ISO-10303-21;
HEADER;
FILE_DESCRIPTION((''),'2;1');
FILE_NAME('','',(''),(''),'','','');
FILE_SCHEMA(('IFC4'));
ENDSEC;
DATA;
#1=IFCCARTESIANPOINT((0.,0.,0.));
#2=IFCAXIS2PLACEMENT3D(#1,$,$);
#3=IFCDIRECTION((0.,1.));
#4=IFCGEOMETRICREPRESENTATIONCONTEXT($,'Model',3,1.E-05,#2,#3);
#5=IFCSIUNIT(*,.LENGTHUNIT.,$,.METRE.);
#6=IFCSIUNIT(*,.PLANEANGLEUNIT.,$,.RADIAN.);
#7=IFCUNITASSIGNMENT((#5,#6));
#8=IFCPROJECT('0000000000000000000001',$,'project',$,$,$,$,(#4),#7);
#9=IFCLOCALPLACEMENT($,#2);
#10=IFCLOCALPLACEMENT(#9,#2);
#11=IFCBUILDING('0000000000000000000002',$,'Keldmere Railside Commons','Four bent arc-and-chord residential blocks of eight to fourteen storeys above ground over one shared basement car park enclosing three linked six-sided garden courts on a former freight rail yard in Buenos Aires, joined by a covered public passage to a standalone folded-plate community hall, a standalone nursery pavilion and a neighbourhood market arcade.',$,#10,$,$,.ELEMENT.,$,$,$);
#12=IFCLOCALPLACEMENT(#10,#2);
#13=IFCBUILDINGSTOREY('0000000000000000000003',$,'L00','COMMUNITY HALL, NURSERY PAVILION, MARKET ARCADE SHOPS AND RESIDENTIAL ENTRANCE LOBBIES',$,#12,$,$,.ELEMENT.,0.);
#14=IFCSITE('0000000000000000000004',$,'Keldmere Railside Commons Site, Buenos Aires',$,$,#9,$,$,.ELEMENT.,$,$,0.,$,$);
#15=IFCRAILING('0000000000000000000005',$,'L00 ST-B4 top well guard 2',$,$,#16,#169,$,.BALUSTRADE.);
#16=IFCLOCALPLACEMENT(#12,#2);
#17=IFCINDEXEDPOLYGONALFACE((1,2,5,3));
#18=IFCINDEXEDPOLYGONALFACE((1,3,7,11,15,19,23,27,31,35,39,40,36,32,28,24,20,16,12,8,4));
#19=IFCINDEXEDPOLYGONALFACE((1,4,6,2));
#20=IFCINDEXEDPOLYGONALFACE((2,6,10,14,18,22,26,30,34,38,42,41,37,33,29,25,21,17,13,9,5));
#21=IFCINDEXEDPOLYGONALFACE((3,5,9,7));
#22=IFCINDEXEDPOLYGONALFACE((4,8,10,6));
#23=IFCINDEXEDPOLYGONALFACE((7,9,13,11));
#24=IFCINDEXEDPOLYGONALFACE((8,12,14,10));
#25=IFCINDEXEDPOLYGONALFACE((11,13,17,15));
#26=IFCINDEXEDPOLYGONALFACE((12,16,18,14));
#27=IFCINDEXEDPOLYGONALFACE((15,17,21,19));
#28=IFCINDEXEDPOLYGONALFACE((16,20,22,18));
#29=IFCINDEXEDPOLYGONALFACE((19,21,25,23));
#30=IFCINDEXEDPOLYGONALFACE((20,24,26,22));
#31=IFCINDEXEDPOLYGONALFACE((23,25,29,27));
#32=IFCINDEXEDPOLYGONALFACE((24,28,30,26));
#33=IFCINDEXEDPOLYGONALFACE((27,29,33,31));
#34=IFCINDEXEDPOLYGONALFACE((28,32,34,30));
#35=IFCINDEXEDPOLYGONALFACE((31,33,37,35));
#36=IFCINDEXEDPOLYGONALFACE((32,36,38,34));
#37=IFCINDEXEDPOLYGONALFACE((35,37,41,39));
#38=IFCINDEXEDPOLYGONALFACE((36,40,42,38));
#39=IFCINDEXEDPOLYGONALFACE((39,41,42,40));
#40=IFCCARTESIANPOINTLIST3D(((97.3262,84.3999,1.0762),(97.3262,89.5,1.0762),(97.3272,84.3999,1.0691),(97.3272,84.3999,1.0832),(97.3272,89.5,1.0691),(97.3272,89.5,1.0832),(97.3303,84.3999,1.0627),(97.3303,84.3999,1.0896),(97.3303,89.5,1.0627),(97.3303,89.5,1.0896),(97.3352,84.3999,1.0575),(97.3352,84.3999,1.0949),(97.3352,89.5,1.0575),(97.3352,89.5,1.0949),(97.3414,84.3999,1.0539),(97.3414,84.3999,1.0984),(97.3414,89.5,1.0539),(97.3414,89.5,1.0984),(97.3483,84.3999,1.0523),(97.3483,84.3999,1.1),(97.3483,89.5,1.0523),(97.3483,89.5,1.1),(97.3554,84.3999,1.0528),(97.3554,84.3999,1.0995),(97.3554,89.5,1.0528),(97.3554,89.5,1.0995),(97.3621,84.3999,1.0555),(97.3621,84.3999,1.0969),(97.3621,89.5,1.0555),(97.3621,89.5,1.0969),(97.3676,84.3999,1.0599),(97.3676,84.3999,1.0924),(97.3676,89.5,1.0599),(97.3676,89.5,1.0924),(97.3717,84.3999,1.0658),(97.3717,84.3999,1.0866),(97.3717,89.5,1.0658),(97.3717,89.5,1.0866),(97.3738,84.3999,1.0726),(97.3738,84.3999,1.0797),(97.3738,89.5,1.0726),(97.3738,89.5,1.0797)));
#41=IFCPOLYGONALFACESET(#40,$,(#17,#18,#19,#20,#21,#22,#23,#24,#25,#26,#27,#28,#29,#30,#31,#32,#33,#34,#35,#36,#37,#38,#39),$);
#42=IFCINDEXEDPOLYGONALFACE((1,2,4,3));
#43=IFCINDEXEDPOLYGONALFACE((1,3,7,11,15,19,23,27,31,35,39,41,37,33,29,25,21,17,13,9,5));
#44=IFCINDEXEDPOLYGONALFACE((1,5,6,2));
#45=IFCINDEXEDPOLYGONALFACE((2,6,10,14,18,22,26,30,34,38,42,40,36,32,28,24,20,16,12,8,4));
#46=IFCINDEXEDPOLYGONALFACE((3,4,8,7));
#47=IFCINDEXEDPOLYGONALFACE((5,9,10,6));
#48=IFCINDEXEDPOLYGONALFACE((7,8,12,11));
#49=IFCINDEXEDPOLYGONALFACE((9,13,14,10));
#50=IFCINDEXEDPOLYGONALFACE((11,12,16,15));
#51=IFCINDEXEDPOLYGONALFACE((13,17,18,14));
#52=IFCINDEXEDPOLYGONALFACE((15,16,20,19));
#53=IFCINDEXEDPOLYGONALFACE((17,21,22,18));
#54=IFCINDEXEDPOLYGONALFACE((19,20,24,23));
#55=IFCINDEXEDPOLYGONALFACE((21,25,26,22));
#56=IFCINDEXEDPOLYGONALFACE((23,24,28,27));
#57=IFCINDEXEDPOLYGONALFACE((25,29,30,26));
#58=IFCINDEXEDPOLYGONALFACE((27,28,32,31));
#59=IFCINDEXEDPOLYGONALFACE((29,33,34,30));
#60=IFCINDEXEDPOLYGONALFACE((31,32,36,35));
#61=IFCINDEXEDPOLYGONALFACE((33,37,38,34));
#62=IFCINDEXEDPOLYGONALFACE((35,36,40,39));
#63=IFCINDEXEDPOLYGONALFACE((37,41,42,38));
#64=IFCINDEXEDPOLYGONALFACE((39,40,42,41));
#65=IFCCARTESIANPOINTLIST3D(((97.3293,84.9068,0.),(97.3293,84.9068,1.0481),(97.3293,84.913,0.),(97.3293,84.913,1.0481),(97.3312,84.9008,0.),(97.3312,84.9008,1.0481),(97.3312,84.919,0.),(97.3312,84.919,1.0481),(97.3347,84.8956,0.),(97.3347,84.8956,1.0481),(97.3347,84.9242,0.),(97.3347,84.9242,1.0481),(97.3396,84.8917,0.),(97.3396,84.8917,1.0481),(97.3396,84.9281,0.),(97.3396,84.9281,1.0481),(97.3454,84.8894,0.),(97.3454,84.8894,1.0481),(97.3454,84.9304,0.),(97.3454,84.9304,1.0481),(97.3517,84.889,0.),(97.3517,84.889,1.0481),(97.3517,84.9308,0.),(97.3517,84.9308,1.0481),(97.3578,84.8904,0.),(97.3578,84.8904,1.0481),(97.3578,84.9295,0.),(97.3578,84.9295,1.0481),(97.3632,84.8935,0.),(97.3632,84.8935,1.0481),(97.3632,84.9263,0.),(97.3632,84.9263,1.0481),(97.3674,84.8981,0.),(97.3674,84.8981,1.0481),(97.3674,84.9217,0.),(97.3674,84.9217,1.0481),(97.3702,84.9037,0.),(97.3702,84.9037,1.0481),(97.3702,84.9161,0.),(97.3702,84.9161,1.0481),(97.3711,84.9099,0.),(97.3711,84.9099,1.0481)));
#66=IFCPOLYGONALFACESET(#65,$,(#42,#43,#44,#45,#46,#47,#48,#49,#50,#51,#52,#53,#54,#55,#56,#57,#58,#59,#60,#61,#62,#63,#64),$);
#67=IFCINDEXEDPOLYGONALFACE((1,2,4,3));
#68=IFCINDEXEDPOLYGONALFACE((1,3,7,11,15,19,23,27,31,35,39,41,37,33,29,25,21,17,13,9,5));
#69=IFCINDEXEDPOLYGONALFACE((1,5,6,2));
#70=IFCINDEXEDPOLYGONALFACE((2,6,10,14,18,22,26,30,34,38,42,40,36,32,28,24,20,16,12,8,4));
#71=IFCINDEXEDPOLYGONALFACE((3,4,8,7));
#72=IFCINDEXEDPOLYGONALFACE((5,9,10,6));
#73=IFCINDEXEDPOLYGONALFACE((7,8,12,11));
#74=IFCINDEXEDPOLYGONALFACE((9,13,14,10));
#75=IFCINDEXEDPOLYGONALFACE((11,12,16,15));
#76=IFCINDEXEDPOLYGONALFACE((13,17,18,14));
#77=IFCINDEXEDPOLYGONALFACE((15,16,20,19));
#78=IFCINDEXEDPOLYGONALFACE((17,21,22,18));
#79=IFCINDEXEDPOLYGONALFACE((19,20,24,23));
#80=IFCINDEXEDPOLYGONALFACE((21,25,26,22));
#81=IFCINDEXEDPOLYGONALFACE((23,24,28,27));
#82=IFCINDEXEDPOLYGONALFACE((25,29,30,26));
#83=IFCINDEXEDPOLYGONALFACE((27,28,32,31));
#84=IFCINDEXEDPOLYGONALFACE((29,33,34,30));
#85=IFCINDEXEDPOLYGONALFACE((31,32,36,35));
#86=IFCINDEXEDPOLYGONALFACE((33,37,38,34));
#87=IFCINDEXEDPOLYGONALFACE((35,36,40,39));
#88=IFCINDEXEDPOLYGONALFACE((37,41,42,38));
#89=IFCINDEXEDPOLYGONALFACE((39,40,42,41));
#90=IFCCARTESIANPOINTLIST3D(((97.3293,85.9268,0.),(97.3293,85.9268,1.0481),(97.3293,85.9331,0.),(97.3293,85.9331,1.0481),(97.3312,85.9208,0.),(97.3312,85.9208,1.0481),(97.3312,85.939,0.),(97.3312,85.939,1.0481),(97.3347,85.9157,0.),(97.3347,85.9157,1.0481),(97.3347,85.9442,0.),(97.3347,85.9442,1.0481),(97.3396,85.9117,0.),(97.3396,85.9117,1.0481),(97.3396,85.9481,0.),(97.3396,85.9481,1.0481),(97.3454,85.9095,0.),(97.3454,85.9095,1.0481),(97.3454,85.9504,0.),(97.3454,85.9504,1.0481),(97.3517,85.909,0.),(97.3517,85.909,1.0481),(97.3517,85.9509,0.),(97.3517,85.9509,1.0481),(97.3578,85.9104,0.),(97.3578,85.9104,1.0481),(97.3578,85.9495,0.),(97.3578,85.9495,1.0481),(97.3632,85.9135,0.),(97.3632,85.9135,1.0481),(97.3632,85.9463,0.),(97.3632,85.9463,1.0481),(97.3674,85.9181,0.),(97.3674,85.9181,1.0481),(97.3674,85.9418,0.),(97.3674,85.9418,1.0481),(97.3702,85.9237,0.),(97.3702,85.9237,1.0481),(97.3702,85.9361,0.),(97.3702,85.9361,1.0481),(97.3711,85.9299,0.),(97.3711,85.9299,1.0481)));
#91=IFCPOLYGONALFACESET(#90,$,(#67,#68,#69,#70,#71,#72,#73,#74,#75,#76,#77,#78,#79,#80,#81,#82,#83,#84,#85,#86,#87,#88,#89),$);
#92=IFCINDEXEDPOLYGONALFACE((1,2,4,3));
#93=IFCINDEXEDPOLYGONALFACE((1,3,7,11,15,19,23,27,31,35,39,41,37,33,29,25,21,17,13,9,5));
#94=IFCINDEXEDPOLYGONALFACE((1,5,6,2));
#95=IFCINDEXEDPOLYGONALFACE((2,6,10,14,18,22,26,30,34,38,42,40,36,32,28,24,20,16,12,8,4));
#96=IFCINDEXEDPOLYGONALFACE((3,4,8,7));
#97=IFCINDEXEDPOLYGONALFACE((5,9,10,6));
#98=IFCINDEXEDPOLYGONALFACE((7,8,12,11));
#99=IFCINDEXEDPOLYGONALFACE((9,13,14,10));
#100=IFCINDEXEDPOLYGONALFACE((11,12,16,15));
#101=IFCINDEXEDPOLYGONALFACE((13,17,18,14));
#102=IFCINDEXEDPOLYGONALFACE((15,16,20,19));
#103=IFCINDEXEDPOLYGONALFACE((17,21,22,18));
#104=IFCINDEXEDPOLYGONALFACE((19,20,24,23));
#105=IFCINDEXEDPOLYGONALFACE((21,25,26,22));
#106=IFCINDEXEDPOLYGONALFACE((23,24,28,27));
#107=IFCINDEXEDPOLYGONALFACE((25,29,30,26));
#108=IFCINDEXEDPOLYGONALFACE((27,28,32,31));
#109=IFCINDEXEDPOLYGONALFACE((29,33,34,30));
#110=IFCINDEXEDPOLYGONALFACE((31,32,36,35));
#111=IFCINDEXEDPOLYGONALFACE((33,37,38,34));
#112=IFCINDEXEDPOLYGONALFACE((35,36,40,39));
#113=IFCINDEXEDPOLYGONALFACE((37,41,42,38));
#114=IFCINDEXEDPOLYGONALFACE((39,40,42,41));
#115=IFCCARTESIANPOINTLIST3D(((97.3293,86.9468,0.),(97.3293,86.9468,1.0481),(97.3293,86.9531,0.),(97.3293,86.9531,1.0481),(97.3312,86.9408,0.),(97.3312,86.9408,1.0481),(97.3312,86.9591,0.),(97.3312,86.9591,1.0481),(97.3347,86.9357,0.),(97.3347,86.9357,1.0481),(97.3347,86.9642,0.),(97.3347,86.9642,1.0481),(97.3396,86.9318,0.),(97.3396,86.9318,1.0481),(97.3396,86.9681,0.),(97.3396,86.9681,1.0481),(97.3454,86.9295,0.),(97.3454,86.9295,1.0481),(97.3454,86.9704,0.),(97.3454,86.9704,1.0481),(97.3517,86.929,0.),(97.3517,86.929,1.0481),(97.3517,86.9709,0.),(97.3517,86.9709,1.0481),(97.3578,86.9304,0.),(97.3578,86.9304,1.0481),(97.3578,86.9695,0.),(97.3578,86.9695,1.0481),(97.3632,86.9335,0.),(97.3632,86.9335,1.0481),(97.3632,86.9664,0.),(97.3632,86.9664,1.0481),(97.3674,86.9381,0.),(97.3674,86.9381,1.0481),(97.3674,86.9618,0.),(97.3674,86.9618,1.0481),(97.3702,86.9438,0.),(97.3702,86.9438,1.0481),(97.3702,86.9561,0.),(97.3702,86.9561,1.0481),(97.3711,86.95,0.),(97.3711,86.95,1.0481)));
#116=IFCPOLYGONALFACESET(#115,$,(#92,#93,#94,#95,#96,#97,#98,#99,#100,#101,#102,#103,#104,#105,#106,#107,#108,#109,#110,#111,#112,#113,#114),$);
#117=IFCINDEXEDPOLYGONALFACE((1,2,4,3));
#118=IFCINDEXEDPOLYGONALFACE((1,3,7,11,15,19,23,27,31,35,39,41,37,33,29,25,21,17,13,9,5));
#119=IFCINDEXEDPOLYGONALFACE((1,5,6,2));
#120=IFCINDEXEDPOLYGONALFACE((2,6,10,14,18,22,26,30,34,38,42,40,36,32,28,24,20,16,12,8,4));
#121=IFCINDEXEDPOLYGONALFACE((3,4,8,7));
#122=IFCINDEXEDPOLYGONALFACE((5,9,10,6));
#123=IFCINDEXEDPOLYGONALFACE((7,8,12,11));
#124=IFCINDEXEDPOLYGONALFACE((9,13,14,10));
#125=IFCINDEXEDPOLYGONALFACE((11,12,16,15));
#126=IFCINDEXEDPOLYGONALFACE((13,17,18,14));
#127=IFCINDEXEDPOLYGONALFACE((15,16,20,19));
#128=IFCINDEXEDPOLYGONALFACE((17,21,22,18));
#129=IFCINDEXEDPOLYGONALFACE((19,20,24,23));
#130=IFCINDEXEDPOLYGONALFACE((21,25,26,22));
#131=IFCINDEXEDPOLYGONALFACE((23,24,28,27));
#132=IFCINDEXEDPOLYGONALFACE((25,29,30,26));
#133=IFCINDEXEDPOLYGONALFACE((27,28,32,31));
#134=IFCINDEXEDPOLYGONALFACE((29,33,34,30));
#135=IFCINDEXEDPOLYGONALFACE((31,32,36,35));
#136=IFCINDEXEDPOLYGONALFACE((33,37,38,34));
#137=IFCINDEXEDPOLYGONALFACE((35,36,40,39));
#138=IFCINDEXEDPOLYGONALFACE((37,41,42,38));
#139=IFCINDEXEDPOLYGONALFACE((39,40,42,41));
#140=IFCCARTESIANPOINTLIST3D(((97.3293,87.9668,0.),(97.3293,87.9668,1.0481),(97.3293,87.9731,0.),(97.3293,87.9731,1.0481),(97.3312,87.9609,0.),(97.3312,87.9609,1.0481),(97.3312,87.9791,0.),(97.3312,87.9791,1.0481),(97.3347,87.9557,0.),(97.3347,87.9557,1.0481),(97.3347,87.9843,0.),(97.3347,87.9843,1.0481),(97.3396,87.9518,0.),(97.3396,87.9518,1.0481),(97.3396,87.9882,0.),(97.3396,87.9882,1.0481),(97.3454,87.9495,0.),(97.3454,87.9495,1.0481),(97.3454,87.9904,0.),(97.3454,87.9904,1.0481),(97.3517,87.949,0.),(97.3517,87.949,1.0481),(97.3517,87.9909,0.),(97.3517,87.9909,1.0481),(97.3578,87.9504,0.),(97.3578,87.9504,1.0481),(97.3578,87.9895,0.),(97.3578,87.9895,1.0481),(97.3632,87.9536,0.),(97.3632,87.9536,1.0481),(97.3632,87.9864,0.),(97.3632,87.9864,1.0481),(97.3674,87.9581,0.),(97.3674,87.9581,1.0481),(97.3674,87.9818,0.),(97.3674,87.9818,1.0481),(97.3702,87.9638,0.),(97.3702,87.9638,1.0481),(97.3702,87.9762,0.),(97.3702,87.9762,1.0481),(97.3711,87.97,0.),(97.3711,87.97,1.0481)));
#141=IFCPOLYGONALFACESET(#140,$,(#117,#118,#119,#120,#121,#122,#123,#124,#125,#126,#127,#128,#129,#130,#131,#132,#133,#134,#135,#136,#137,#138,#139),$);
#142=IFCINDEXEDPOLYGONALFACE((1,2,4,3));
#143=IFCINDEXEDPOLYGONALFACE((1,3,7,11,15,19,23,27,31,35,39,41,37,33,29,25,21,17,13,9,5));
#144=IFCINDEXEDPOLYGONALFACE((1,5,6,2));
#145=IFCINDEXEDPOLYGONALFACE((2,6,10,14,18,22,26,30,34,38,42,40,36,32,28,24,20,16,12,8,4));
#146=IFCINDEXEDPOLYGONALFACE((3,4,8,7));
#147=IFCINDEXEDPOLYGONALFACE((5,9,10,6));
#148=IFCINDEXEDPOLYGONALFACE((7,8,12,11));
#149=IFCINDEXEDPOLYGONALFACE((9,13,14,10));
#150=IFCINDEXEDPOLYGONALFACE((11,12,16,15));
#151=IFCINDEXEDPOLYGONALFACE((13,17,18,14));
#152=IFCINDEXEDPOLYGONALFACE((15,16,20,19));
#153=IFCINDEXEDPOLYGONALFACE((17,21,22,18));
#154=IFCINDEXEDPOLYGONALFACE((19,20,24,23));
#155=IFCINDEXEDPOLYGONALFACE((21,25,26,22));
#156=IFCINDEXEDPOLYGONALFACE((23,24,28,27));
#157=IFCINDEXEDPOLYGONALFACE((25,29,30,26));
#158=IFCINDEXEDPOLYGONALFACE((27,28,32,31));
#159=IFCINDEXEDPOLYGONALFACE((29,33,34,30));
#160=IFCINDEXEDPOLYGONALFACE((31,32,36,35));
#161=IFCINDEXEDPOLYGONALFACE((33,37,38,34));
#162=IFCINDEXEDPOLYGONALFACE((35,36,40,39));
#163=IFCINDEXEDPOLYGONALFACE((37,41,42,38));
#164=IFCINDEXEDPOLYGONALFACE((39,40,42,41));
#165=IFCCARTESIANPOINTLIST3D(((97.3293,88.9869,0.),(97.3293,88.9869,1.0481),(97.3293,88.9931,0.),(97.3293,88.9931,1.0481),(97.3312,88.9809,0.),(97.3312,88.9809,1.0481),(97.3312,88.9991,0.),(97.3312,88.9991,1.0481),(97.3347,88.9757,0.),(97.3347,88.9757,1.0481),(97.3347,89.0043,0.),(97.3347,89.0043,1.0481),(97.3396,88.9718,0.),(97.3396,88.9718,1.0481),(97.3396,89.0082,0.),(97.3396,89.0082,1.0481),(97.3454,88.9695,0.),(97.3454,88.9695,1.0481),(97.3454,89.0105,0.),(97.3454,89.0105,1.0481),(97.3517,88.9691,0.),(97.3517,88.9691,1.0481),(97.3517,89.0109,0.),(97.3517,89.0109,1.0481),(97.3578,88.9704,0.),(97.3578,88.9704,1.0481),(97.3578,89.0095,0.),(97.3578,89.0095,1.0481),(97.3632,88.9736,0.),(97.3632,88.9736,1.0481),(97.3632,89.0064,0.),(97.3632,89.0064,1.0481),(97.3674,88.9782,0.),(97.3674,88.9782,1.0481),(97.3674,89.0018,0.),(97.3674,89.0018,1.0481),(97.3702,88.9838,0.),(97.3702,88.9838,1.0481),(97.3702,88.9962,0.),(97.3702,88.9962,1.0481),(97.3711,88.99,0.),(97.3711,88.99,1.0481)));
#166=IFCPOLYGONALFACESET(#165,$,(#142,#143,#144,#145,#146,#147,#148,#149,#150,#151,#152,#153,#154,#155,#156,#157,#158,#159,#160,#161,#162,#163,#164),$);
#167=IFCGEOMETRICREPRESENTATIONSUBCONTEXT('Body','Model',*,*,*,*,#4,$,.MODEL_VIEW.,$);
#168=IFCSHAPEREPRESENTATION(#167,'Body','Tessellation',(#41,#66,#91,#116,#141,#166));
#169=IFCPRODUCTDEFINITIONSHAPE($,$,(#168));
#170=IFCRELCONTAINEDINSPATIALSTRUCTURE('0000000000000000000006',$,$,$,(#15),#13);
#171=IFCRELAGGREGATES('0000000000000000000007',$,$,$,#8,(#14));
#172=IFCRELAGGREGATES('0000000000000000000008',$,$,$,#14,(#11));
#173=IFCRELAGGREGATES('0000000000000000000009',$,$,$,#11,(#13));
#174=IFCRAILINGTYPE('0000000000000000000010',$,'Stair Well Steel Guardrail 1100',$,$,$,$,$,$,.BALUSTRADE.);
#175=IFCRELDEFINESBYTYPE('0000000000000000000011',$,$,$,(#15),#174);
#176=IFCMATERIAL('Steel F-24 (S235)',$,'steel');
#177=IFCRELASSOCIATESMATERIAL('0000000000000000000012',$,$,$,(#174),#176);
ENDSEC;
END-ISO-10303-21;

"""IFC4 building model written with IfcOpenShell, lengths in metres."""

from ifc_helpers import new_model, si_unit, direction, frame, origin, origin_2d, place, context, subcontext, project, spatial, circle, extrude, material, type_object, element, save


model = new_model("IFC4")

# Units and contexts
model_context = context("Model", 3, precision=1e-05, world=origin(), true_north=direction((0.0, 1.0)))
body_context = subcontext(model_context, "Body", "Model", "MODEL_VIEW")
ifc_project = project(units=[si_unit("LENGTHUNIT", "METRE"), si_unit("PLANEANGLEUNIT", "RADIAN")], contexts=[model_context])

# Site, building, storey
site_placement = place(None, origin())
site = spatial("IfcSite", under=ifc_project, at=site_placement, Name="Keldmere Railside Commons Site, Buenos Aires", CompositionType="ELEMENT", RefElevation=0.0)
building_placement = place(site_placement, origin())
building = spatial("IfcBuilding", under=site, at=building_placement, Name="Keldmere Railside Commons", Description="Four bent arc-and-chord residential blocks of eight to fourteen storeys above ground over one shared basement car park enclosing three linked six-sided garden courts on a former freight rail yard in Buenos Aires, joined by a covered public passage to a standalone folded-plate community hall, a standalone nursery pavilion and a neighbourhood market arcade.", CompositionType="ELEMENT")
storey_placement = place(building_placement, origin())
storey = spatial("IfcBuildingStorey", under=building, at=storey_placement, Name="L00", Description="COMMUNITY HALL, NURSERY PAVILION, MARKET ARCADE SHOPS AND RESIDENTIAL ENTRANCE LOBBIES", CompositionType="ELEMENT", Elevation=0.0)

# Shared definitions
ifc_material_1 = material(Name="Steel F-24 (S235)", Category="steel")

# Railing
railing_type = type_object("IfcRailingType", Name="Stair Well Steel Guardrail 1100", PredefinedType="BALUSTRADE", material=ifc_material_1)
for number, where, name in (
    (1, (97.3501, 84.3999, 0.0), "L00 ST-B4 top well guard 2"),
):
    element("IfcRailing", number, at=place(storey_placement, frame(where)), inside=storey, type_object=railing_type, Name=name, PredefinedType="BALUSTRADE", context=body_context, shape_type="SweptSolid", body=[
        extrude(circle(Radius=0.0239, at=origin_2d()), frame((0.0, 0.0, 1.0762), z_axis=(0.0, 1.0, 0.0), x_axis=(-1.0, 0.0, 0.0)), (0.0, 0.0, 1.0), 5.1001),
        extrude(circle(Radius=0.021, at=origin_2d()), frame((0.0, 0.51, 0.0)), (0.0, 0.0, 1.0), 1.0481),
        extrude(circle(Radius=0.021, at=origin_2d()), frame((0.0, 1.53, 0.0)), (0.0, 0.0, 1.0), 1.0481),
        extrude(circle(Radius=0.021, at=origin_2d()), frame((0.0, 2.55, 0.0)), (0.0, 0.0, 1.0), 1.0481),
        extrude(circle(Radius=0.021, at=origin_2d()), frame((0.0, 3.5701, 0.0)), (0.0, 0.0, 1.0), 1.0481),
        extrude(circle(Radius=0.021, at=origin_2d()), frame((0.0, 4.5901, 0.0)), (0.0, 0.0, 1.0), 1.0481),
    ])

save(model, "model.ifc")
